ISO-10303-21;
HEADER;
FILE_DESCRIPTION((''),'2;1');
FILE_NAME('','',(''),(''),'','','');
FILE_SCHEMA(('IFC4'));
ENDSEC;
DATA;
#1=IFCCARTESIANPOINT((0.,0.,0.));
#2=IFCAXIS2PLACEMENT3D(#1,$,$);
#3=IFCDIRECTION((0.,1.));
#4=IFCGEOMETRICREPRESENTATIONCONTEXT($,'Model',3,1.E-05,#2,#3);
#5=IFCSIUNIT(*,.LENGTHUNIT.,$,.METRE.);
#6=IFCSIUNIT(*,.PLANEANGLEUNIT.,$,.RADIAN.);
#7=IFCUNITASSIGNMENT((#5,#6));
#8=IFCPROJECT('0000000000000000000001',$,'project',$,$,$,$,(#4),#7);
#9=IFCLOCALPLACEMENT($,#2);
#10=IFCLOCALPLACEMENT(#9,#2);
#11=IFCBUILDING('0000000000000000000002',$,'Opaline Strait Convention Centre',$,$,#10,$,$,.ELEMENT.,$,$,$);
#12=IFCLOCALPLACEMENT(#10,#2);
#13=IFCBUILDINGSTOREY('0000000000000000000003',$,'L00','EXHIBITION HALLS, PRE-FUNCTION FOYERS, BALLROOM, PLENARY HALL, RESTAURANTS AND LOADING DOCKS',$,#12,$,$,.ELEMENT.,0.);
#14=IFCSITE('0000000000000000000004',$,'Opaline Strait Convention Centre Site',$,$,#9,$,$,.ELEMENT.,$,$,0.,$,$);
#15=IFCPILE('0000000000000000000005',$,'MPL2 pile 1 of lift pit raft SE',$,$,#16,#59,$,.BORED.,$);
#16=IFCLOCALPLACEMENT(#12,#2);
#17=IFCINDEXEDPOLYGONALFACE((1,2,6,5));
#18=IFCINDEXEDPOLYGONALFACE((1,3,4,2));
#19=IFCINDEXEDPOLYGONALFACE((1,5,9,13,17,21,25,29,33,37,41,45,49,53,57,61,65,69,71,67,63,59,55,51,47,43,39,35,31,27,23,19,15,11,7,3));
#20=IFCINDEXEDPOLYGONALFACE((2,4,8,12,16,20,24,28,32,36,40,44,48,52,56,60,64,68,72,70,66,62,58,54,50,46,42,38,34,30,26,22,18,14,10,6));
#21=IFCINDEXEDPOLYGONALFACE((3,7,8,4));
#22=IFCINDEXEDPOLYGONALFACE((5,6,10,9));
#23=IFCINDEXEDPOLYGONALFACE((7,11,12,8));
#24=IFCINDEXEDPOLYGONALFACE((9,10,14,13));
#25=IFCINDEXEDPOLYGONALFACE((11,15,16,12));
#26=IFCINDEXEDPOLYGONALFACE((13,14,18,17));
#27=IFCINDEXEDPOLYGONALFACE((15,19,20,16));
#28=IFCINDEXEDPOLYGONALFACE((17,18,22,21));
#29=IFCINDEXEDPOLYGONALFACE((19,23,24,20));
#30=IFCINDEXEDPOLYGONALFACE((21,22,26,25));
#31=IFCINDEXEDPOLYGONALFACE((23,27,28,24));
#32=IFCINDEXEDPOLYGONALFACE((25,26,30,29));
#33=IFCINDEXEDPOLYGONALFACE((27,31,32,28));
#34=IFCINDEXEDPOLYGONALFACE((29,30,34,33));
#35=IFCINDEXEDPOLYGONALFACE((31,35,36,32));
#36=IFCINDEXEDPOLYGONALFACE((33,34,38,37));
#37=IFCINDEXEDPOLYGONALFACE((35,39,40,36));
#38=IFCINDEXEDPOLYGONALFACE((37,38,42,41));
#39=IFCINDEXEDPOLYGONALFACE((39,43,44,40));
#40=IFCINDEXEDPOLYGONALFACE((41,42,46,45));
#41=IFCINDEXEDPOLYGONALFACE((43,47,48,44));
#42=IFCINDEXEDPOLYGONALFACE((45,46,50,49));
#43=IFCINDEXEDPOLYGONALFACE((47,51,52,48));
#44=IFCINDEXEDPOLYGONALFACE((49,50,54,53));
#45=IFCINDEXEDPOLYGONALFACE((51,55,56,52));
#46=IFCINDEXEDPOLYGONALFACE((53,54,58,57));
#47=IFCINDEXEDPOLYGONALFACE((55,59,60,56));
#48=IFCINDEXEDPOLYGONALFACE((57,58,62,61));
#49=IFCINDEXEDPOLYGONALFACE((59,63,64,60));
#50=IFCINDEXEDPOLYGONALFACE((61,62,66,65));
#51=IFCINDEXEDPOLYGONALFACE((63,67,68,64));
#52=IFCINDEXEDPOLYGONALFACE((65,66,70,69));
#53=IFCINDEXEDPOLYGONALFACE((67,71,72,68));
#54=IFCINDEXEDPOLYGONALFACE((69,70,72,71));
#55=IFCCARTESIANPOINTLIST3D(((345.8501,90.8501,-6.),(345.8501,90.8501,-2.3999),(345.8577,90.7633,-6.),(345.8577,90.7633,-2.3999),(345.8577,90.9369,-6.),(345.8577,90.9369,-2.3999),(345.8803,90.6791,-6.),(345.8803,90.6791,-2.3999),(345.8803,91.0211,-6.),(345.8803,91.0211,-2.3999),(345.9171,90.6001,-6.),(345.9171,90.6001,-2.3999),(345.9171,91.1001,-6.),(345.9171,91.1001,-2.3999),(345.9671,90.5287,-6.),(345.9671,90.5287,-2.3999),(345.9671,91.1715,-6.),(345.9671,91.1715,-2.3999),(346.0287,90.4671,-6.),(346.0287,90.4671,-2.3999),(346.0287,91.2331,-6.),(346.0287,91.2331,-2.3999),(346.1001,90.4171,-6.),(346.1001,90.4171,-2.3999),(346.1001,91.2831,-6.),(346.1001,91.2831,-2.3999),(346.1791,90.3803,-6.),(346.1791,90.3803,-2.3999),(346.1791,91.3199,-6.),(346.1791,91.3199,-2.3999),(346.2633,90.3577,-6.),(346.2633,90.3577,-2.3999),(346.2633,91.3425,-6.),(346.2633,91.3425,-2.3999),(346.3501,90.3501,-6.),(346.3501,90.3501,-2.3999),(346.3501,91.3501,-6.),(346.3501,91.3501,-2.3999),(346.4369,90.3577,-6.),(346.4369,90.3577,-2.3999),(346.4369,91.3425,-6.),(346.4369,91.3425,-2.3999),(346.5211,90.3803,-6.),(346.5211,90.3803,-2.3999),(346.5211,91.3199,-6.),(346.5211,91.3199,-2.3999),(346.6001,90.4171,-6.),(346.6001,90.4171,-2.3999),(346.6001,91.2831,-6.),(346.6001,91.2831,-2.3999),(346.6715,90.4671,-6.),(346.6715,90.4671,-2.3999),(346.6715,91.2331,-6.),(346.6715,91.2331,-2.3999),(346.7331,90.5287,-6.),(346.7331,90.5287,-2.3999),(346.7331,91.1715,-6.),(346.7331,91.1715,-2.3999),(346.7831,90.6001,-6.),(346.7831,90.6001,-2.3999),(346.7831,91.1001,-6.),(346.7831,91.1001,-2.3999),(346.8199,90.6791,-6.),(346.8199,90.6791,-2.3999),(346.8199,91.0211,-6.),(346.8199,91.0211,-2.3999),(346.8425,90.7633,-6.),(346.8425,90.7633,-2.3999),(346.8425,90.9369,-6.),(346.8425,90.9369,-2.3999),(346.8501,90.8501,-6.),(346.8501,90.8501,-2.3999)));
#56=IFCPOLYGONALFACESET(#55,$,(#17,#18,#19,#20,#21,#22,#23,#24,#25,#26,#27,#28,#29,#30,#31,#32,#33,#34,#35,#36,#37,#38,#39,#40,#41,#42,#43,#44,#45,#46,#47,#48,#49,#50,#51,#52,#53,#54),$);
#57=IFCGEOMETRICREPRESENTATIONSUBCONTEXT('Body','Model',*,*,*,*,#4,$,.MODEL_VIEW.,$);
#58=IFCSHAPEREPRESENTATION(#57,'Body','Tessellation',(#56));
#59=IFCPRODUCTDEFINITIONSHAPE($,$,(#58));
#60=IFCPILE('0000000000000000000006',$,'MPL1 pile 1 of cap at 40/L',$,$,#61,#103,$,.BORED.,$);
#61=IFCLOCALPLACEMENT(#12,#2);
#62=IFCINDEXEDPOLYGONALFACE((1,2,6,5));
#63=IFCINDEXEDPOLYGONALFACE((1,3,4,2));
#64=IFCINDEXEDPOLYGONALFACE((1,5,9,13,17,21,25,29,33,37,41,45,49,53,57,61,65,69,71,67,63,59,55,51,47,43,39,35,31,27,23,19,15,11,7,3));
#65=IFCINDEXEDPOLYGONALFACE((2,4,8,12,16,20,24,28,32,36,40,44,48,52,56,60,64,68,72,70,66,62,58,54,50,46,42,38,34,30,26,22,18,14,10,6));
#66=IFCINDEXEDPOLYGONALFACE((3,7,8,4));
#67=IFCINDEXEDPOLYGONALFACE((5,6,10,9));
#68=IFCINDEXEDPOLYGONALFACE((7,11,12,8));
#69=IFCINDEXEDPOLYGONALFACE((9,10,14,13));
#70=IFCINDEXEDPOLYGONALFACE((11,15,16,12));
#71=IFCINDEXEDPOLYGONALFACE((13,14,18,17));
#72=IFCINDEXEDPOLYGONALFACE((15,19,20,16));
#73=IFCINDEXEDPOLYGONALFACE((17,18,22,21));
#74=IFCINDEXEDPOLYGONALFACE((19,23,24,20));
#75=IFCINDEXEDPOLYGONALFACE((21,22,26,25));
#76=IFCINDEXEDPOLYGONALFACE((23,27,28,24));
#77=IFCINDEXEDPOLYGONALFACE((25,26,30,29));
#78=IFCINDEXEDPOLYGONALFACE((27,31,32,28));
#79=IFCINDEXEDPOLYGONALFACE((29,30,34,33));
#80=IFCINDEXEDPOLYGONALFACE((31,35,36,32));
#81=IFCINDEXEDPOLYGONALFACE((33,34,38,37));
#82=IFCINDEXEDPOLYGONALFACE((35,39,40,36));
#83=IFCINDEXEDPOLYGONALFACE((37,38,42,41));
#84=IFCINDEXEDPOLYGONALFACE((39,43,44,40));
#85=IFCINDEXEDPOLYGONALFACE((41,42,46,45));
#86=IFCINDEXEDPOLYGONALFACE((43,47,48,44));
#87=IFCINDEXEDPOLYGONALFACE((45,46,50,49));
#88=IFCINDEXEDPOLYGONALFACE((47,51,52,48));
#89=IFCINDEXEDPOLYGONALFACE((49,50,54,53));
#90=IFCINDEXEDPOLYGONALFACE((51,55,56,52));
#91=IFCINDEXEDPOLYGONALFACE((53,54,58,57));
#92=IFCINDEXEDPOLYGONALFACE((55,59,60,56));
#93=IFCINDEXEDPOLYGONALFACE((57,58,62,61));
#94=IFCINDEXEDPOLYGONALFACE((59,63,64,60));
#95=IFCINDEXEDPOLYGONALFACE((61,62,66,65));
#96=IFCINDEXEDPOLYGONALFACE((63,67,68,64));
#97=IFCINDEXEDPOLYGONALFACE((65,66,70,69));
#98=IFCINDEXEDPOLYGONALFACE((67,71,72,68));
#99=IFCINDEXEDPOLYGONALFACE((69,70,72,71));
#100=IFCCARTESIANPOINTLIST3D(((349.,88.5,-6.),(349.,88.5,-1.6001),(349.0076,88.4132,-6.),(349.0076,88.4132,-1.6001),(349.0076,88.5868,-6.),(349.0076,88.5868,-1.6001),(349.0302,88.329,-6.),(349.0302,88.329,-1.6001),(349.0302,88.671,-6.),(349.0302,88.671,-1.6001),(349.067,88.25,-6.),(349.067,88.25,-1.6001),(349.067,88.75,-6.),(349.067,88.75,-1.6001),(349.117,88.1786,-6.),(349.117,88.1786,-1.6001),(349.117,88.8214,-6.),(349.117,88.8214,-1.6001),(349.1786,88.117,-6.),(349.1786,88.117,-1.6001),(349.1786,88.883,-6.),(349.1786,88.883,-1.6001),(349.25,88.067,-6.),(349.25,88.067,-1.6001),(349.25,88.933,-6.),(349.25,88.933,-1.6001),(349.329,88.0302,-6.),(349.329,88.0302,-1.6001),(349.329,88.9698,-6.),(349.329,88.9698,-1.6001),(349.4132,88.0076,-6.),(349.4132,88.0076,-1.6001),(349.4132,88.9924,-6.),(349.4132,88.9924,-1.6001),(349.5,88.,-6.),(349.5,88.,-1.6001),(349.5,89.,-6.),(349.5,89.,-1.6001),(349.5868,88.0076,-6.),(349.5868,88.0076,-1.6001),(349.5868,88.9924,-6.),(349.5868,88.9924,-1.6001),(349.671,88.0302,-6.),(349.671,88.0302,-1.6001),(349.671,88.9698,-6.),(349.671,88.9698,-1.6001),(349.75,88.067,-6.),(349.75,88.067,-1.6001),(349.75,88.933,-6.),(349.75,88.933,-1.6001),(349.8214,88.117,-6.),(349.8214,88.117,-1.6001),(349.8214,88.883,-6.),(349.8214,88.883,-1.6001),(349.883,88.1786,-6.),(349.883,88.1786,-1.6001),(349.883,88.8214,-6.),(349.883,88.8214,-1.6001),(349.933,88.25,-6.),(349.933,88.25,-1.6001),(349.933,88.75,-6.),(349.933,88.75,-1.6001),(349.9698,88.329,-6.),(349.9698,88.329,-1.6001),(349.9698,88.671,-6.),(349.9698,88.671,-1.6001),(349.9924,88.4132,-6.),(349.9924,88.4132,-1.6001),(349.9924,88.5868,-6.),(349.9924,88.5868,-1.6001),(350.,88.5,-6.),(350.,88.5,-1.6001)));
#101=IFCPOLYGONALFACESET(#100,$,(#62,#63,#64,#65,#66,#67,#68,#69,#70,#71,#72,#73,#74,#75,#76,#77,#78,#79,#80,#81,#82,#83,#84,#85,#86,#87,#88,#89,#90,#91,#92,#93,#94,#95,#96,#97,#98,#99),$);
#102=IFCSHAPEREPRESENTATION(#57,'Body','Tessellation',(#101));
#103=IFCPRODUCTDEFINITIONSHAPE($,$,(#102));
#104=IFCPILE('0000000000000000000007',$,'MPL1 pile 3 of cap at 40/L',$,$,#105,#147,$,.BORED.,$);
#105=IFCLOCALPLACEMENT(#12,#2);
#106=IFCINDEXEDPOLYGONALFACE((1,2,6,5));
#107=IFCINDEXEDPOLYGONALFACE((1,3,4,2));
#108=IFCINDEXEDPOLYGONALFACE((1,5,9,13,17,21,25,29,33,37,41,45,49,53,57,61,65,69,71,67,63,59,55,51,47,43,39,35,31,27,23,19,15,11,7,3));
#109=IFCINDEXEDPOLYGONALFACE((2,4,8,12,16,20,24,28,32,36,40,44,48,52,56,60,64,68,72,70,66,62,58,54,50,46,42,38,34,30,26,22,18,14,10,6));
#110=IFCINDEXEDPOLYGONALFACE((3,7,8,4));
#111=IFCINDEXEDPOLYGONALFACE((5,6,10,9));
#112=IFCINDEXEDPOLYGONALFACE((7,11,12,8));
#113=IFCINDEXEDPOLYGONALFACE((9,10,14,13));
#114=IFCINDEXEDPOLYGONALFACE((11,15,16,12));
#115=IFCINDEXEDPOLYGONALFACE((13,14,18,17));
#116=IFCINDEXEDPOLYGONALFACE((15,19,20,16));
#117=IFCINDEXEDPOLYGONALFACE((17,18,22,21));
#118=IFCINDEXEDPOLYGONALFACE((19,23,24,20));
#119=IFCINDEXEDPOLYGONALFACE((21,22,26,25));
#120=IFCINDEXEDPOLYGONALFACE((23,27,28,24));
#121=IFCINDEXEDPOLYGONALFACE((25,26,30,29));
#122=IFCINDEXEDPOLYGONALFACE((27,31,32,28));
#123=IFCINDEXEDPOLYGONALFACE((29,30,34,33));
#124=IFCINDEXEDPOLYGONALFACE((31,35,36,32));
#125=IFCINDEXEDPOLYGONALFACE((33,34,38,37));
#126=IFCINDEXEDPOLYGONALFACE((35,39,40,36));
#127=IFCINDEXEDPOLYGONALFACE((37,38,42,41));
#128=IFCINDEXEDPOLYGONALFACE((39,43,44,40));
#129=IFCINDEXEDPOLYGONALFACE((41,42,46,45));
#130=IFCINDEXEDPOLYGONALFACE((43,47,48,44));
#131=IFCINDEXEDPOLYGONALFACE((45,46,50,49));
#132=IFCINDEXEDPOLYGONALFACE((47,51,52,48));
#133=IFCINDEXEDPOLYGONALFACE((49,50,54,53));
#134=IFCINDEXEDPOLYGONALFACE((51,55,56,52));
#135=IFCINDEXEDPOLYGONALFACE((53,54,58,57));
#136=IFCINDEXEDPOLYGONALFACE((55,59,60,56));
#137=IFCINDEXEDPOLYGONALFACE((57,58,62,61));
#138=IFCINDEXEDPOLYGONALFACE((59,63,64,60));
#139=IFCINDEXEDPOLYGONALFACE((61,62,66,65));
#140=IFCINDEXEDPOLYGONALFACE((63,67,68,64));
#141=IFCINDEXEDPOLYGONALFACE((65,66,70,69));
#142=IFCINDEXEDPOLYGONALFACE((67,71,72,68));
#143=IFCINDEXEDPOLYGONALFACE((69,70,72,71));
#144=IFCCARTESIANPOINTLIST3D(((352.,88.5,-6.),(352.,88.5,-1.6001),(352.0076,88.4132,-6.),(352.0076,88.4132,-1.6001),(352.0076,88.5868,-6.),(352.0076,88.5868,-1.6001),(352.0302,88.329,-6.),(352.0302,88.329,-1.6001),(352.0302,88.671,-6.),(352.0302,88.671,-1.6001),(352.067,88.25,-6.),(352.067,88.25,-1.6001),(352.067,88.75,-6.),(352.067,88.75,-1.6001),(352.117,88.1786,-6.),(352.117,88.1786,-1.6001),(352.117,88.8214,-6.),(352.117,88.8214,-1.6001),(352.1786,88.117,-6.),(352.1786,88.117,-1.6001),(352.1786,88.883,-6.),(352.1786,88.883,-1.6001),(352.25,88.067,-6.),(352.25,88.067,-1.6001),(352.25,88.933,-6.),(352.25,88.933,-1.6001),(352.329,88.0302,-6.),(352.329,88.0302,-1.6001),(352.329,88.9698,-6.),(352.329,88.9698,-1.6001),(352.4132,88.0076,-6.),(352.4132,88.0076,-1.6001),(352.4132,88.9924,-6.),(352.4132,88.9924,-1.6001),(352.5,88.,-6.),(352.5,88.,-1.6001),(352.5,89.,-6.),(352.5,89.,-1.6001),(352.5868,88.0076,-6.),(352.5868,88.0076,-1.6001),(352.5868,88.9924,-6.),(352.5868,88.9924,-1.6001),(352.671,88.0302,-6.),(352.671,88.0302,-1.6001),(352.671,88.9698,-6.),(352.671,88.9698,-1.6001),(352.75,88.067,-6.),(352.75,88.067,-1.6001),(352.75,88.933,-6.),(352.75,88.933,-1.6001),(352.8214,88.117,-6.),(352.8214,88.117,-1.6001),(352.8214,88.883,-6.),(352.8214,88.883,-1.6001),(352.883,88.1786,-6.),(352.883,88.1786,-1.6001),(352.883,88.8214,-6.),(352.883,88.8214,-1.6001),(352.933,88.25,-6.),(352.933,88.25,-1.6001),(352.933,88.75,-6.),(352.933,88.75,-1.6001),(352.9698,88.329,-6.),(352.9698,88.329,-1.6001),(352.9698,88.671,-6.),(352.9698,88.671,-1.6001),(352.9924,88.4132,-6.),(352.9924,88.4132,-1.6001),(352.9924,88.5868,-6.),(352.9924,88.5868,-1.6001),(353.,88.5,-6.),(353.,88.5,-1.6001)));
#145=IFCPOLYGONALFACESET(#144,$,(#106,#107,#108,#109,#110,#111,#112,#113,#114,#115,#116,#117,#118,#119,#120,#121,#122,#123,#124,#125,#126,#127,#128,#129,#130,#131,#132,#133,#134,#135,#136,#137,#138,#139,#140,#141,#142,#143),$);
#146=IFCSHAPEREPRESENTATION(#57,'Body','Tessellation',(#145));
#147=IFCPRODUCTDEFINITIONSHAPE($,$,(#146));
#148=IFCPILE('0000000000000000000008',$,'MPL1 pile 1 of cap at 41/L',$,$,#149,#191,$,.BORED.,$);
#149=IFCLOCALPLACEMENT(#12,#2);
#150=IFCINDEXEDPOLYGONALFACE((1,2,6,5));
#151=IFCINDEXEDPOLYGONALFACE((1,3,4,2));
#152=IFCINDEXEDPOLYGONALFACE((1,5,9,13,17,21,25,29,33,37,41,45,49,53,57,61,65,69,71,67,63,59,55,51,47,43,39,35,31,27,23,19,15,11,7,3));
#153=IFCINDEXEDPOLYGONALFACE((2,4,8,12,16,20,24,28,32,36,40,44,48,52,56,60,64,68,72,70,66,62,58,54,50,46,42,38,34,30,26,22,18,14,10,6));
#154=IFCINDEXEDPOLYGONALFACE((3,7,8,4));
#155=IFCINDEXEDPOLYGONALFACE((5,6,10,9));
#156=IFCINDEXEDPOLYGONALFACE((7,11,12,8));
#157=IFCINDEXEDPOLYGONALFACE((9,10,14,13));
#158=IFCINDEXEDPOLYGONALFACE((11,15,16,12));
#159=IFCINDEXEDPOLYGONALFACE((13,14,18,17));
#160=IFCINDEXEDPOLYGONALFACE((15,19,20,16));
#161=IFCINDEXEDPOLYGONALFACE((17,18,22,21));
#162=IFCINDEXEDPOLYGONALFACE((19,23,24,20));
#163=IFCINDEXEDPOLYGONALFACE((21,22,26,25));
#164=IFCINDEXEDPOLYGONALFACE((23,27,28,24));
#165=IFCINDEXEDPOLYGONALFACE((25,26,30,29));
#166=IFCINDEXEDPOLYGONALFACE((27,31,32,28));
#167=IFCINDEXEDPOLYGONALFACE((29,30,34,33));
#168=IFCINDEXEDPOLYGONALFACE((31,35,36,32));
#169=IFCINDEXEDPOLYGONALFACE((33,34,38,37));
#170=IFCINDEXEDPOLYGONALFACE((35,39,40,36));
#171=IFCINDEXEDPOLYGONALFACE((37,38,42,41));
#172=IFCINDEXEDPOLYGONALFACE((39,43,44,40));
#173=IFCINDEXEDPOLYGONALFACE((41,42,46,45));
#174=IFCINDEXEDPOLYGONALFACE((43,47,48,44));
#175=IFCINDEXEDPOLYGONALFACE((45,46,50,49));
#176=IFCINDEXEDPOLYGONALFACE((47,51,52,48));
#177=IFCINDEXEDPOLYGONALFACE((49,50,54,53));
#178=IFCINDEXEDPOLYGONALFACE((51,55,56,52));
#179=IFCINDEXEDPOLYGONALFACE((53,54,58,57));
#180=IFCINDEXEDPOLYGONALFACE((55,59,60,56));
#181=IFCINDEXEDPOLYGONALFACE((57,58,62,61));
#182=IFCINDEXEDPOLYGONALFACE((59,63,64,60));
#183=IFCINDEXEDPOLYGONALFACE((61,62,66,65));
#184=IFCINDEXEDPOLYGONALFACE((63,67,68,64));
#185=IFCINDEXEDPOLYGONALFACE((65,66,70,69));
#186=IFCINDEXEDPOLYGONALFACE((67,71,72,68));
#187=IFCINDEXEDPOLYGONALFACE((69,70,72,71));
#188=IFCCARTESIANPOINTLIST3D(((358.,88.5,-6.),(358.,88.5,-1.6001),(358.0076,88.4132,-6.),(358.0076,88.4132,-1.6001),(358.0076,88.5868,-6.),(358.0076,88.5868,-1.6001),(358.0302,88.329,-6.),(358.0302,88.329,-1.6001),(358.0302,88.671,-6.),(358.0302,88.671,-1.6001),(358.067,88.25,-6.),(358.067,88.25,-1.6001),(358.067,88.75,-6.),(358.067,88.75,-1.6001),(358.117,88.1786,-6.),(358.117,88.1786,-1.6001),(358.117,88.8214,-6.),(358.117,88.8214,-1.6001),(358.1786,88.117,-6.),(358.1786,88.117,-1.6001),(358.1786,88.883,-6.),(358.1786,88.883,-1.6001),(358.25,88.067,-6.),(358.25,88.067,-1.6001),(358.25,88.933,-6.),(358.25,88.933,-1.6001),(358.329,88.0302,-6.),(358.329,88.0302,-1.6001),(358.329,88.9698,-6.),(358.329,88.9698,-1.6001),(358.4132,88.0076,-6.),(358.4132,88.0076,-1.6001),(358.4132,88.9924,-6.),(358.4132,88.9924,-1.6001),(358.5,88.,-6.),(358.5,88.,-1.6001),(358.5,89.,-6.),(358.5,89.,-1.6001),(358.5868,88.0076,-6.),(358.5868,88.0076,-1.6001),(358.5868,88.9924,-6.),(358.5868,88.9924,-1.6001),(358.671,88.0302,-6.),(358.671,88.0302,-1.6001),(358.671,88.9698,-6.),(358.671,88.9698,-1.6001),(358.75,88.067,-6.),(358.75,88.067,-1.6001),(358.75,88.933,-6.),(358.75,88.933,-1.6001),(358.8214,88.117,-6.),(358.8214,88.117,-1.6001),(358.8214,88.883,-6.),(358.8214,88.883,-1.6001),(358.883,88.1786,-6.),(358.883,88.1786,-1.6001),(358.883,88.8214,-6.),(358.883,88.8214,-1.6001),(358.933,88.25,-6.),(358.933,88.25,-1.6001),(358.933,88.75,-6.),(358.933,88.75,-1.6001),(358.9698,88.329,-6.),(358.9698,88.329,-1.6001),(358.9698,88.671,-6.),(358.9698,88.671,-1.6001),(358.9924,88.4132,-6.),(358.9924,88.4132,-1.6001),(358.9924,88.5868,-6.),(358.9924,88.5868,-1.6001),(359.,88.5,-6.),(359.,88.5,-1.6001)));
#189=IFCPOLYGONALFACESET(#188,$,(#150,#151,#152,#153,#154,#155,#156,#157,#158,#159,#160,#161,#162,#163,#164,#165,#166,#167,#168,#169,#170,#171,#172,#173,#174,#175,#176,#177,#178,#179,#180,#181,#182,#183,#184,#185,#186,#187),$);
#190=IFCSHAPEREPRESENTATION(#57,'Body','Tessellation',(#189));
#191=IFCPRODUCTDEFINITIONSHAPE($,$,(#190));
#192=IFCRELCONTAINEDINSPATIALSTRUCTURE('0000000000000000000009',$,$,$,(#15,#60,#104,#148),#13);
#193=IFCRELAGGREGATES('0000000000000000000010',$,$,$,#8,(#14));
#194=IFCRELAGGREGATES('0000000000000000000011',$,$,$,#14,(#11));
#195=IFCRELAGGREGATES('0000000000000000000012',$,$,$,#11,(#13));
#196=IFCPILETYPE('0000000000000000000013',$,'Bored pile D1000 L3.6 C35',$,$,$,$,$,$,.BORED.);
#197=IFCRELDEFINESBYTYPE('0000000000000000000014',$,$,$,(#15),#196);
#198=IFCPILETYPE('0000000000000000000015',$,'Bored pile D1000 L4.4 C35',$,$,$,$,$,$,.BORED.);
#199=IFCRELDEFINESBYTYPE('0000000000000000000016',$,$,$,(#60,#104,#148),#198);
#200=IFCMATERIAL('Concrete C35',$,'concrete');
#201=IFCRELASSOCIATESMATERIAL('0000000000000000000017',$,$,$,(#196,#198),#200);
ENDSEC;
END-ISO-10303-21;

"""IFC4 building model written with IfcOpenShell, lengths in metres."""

from ifc_helpers import new_model, si_unit, direction, frame, origin, origin_2d, place, context, subcontext, project, spatial, circle, extrude, material, material_profile, profile_set, type_object, element, save


model = new_model("IFC4")

# Units and contexts
model_context = context("Model", 3, precision=1e-05, world=origin(), true_north=direction((0.0, 1.0)))
body_context = subcontext(model_context, "Body", "Model", "MODEL_VIEW")
ifc_project = project(units=[si_unit("LENGTHUNIT", "METRE"), si_unit("PLANEANGLEUNIT", "RADIAN")], contexts=[model_context])

# Site, building, storey
site_placement = place(None, origin())
site = spatial("IfcSite", under=ifc_project, at=site_placement, Name="Opaline Strait Convention Centre Site", CompositionType="ELEMENT", RefElevation=0.0)
building_placement = place(site_placement, origin())
building = spatial("IfcBuilding", under=site, at=building_placement, Name="Opaline Strait Convention Centre", CompositionType="ELEMENT")
storey_placement = place(building_placement, origin())
storey = spatial("IfcBuildingStorey", under=building, at=storey_placement, Name="L00", Description="EXHIBITION HALLS, PRE-FUNCTION FOYERS, BALLROOM, PLENARY HALL, RESTAURANTS AND LOADING DOCKS", CompositionType="ELEMENT", Elevation=0.0)

# Piles
ifc_material_1 = material(Name="Concrete C35", Category="concrete")
ifc_material_profile_1 = material_profile(ifc_material_1, circle(Radius=0.5, at=origin_2d()), Name="D1000")
ifc_profile_set_1 = profile_set([ifc_material_profile_1], Name="Concrete C35")
pile_type_1 = type_object("IfcPileType", Name="Bored pile D1000 L3.6 C35", PredefinedType="BORED", material=ifc_profile_set_1)
pile_placement = place(storey_placement, frame((346.3501, 90.8501, -2.3999), z_axis=(0.0, 0.0, -1.0), x_axis=(1.0, 0.0, 0.0)))
element("IfcPile", 1, at=pile_placement, inside=storey, type_object=pile_type_1, Name="MPL2 pile 1 of lift pit raft SE", PredefinedType="BORED", context=body_context, shape_type="SweptSolid", body=[
    extrude(circle(Radius=0.5, at=origin_2d()), origin(), (0.0, 0.0, 1.0), 3.6001),
])
ifc_material_profile_2 = material_profile(ifc_material_1, circle(Radius=0.5, at=origin_2d()), Name="D1000")
ifc_profile_set_2 = profile_set([ifc_material_profile_2], Name="Concrete C35")
pile_type_2 = type_object("IfcPileType", Name="Bored pile D1000 L4.4 C35", PredefinedType="BORED", material=ifc_profile_set_2)
for number, where, z_axis, x_axis, name in (
    (2, (349.5, 88.5, -1.6001), (0.0, 0.0, -1.0), (1.0, 0.0, 0.0), "MPL1 pile 1 of cap at 40/L"),
    (3, (352.5, 88.5, -1.6001), (0.0, 0.0, -1.0), (1.0, 0.0, 0.0), "MPL1 pile 3 of cap at 40/L"),
    (4, (358.5, 88.5, -1.6001), (0.0, 0.0, -1.0), (1.0, 0.0, 0.0), "MPL1 pile 1 of cap at 41/L"),
):
    element("IfcPile", number, at=place(storey_placement, frame(where, z_axis=z_axis, x_axis=x_axis)), inside=storey, type_object=pile_type_2, Name=name, PredefinedType="BORED", context=body_context, shape_type="SweptSolid", body=[
        extrude(circle(Radius=0.5, at=origin_2d()), origin(), (0.0, 0.0, 1.0), 4.3999),
    ])

save(model, "model.ifc")
